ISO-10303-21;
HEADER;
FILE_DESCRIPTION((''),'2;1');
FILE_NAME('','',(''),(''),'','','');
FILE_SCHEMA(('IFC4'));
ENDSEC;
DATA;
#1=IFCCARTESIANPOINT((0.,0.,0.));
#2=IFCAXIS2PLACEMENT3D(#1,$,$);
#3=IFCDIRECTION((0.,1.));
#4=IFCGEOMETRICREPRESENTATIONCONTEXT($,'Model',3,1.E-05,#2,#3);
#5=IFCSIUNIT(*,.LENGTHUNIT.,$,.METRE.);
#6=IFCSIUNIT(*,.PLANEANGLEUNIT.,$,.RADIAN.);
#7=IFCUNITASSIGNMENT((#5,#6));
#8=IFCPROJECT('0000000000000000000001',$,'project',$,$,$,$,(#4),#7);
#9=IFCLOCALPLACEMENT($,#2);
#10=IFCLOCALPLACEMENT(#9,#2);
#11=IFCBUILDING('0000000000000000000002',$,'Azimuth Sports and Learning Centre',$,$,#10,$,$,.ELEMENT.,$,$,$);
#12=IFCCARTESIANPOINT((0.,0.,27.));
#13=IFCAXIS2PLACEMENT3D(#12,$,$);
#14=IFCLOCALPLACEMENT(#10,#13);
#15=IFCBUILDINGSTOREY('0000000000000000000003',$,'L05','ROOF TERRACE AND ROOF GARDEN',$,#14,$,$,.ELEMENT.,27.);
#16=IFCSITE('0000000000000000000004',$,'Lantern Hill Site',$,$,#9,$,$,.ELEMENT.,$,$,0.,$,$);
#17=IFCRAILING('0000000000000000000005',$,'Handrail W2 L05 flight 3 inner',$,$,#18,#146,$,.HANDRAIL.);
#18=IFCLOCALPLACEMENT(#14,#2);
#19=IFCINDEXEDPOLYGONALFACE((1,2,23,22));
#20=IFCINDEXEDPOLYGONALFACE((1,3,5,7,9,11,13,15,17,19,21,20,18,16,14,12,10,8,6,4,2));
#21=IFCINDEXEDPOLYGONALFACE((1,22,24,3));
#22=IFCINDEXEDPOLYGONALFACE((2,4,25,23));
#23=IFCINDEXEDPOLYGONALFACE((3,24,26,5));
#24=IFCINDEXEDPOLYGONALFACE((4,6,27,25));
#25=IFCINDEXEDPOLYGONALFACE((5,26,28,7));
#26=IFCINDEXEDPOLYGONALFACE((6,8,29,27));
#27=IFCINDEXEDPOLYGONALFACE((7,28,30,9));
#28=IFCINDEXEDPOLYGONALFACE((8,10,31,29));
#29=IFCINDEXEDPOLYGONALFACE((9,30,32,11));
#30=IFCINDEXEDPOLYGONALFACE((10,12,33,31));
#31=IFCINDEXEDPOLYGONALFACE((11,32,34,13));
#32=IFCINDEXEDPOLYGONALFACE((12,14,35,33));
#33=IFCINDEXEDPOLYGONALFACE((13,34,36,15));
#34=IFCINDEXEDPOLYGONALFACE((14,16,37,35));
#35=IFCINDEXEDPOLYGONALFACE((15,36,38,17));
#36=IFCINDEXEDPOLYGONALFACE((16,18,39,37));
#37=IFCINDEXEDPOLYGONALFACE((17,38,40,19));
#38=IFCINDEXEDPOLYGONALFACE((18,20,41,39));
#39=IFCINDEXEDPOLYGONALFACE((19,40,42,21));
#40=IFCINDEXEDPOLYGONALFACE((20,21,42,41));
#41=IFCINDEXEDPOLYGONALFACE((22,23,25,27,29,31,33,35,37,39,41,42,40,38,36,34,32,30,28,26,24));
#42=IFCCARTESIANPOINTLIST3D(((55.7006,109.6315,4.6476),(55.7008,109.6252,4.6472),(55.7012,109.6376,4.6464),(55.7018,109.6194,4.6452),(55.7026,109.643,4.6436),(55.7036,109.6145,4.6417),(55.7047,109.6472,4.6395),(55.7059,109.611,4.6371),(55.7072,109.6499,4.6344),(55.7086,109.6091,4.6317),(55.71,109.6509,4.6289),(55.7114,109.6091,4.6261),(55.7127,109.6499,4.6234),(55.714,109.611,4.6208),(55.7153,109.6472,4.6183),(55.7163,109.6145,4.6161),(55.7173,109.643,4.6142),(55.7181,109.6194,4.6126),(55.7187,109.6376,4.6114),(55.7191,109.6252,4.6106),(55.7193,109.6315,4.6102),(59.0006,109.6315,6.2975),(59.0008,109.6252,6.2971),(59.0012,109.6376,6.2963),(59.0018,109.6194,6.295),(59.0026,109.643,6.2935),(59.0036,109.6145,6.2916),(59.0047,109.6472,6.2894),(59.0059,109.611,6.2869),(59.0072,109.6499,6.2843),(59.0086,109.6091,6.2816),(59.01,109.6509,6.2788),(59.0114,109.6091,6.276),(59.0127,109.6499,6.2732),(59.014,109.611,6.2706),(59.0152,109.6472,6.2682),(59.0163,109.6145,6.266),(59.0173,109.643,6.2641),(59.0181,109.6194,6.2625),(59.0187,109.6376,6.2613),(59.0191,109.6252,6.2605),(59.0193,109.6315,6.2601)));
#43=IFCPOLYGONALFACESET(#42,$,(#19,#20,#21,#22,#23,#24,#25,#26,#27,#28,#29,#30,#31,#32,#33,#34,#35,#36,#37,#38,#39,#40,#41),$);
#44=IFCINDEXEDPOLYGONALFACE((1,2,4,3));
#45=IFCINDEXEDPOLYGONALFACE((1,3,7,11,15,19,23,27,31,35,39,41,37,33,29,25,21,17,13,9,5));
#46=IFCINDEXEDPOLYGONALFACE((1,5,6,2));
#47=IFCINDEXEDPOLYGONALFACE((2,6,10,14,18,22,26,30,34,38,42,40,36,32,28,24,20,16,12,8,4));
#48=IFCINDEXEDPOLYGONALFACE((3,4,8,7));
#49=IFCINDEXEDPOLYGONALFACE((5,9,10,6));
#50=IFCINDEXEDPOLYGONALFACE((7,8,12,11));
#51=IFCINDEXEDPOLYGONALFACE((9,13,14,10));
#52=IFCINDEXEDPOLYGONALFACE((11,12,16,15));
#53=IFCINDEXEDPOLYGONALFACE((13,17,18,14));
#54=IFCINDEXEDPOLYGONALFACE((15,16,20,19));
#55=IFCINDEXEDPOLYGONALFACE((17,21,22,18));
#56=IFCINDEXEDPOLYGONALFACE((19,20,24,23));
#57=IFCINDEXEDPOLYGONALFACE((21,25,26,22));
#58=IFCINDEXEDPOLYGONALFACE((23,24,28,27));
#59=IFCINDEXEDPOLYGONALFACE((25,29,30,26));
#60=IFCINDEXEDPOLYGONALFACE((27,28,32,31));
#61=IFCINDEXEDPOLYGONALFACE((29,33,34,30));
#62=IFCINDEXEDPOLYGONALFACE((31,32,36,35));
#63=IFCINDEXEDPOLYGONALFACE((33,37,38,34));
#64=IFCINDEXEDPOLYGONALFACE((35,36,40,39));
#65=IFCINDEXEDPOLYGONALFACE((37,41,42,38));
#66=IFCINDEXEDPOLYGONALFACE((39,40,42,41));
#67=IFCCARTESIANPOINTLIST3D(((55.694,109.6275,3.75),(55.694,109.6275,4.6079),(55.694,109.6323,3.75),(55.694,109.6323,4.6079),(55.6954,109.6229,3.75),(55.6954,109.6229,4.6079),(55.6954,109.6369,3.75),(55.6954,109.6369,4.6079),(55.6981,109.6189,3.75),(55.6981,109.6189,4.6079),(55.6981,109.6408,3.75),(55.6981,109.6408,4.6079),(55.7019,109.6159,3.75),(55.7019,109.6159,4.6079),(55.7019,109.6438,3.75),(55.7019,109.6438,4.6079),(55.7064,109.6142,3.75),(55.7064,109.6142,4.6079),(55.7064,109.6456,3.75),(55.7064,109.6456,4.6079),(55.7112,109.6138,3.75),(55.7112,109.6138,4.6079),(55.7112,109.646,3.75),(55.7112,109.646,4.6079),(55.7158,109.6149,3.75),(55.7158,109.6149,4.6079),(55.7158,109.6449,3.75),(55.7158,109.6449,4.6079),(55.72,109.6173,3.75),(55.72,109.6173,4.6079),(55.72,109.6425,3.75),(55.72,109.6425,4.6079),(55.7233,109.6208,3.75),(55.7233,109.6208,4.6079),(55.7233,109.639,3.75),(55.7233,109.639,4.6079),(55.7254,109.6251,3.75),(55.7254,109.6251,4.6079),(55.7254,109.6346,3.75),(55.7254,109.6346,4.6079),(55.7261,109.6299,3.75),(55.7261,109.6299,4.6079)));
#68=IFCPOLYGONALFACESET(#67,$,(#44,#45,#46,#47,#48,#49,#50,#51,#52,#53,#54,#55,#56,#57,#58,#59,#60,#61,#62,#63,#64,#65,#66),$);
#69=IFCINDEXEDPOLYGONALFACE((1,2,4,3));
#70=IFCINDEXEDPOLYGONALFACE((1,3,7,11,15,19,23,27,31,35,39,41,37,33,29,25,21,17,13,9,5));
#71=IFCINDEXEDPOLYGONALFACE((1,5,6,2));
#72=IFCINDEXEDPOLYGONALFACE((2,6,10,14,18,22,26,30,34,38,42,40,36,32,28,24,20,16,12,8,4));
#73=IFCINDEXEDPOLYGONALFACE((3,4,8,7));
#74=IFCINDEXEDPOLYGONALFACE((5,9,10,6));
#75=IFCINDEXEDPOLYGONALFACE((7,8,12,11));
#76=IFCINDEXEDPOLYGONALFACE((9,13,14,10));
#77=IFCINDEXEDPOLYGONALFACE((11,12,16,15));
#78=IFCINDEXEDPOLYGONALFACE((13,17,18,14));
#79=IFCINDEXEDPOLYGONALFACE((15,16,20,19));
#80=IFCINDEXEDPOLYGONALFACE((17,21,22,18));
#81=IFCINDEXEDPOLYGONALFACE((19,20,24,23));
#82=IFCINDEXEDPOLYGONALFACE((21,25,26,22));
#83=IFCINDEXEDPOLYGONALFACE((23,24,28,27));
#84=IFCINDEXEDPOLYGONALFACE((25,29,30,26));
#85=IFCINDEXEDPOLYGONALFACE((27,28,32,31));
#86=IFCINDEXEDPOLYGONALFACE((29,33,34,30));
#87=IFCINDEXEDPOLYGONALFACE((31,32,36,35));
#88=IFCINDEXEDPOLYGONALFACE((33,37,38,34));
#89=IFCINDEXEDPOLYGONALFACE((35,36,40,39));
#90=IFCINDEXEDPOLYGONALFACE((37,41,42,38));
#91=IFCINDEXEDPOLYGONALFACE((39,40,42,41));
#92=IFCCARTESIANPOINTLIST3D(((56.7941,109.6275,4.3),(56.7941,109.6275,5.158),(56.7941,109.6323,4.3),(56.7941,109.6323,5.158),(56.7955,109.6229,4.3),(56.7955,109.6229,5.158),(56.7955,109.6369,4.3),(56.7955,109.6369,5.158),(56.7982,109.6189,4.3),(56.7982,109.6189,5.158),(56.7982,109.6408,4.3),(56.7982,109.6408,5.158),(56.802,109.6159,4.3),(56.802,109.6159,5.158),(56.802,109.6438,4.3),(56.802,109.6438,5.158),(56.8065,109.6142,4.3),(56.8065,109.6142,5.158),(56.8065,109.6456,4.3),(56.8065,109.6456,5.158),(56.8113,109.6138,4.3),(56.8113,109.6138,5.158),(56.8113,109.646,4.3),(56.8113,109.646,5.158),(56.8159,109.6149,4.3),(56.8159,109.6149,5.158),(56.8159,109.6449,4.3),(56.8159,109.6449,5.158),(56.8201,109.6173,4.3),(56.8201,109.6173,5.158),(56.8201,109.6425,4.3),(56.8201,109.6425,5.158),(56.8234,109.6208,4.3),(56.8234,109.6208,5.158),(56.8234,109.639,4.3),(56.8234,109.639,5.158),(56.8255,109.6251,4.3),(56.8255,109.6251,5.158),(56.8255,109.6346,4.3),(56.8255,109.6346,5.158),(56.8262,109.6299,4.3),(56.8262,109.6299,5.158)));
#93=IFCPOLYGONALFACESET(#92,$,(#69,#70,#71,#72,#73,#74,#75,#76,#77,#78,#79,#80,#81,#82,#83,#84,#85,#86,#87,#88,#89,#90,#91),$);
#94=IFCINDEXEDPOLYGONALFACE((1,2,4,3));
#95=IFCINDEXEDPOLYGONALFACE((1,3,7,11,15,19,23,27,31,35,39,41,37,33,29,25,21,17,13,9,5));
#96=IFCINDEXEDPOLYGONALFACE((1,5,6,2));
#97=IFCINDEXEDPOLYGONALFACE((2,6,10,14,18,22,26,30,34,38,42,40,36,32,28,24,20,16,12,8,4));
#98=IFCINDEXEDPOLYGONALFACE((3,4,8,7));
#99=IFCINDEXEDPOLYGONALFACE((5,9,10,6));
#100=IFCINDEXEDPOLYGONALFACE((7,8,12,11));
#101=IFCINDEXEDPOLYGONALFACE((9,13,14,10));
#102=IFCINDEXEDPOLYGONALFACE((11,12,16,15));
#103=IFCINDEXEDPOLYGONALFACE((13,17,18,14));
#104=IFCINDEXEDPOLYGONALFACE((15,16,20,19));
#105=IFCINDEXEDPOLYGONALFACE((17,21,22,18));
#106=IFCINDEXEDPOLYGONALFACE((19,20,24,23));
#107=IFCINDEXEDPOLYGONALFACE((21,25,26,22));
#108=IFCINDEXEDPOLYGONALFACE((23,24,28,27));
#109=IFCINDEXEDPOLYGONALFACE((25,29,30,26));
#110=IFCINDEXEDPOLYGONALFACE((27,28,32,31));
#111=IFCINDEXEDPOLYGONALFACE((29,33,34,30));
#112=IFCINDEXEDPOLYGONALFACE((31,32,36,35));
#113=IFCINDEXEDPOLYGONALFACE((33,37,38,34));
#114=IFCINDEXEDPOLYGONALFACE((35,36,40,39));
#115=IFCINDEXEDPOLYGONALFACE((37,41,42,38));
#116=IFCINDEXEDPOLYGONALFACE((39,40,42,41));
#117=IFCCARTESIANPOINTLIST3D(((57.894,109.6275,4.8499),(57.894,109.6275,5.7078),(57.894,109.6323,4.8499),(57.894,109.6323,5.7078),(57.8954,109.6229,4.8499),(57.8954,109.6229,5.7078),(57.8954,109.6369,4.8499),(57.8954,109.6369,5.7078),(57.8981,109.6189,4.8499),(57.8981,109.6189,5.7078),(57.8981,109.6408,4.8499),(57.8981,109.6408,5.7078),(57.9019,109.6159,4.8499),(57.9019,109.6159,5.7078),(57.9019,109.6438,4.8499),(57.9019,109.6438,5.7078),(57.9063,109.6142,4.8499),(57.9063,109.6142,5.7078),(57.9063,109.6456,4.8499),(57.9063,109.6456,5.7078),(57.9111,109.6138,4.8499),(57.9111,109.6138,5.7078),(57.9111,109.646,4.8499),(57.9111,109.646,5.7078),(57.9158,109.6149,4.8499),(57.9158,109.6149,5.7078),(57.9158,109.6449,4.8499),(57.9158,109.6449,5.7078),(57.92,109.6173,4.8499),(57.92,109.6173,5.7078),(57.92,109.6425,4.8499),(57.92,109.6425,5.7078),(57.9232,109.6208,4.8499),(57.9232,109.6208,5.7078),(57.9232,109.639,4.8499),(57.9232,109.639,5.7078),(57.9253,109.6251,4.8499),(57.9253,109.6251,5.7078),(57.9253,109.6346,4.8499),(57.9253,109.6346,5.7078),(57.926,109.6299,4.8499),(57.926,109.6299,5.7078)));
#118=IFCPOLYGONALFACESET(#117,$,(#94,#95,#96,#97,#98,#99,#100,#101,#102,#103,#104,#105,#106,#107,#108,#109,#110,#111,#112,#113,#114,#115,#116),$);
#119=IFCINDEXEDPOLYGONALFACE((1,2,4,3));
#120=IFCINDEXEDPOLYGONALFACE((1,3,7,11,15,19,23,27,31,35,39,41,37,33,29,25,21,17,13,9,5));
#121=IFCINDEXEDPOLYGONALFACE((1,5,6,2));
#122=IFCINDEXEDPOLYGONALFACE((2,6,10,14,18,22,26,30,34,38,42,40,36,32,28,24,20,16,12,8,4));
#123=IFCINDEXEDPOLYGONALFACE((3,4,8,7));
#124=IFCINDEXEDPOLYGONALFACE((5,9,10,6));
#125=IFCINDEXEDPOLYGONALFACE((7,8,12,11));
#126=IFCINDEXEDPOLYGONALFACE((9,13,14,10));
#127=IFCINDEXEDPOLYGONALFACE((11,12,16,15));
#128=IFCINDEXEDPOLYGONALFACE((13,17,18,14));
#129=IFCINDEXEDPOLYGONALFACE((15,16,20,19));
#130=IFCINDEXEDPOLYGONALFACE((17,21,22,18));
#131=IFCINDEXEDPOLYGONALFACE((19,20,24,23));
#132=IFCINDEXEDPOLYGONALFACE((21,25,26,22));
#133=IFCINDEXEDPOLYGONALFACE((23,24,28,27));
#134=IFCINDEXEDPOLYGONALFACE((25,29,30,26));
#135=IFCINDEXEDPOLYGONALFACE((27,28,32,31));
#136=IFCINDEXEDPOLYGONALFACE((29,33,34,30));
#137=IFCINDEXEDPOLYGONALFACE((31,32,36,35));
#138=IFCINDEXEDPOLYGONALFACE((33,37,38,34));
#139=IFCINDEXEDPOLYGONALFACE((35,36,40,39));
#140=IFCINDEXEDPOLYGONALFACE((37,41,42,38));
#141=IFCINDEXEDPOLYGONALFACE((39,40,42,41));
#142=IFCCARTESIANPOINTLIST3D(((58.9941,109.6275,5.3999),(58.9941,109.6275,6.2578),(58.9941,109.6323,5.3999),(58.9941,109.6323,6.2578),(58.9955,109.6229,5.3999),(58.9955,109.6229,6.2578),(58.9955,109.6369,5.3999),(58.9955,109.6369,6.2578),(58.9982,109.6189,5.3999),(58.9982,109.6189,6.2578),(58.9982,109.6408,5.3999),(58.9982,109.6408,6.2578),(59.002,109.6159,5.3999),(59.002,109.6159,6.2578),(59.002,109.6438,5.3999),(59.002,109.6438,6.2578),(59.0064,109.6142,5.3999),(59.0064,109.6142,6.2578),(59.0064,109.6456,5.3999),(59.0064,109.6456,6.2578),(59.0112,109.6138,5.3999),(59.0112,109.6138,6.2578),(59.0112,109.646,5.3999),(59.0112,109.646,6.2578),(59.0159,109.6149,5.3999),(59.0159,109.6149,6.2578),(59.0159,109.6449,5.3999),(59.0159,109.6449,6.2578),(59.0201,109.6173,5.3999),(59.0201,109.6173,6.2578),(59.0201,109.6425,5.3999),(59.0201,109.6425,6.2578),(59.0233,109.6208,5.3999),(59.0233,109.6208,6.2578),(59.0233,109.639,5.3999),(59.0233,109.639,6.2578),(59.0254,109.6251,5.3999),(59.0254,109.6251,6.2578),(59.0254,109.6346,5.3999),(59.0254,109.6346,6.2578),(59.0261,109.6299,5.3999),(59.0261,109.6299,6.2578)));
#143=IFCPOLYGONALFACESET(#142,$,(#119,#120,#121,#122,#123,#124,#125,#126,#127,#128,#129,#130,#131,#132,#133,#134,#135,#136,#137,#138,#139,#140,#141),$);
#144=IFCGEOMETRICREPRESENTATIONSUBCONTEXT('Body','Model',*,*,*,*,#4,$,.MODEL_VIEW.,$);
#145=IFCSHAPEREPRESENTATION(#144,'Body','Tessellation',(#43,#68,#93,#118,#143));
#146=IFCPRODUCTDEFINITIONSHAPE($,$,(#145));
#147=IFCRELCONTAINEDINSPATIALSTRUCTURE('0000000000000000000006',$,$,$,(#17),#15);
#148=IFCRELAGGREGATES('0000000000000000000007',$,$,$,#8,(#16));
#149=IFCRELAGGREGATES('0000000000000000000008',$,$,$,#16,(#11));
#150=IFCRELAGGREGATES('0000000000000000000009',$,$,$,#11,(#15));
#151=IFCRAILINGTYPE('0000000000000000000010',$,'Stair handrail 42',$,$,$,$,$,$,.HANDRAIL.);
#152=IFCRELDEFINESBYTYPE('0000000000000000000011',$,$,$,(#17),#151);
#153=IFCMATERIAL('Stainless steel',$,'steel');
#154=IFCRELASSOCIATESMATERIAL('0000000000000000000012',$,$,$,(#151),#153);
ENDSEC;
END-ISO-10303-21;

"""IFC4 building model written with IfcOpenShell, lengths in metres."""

from ifc_helpers import new_model, si_unit, direction, frame, origin, origin_2d, place, context, subcontext, project, spatial, circle, extrude, material, type_object, element, save


model = new_model("IFC4")

# Units and contexts
model_context = context("Model", 3, precision=1e-05, world=origin(), true_north=direction((0.0, 1.0)))
body_context = subcontext(model_context, "Body", "Model", "MODEL_VIEW")
ifc_project = project(units=[si_unit("LENGTHUNIT", "METRE"), si_unit("PLANEANGLEUNIT", "RADIAN")], contexts=[model_context])

# Site, building, storey
site_placement = place(None, origin())
site = spatial("IfcSite", under=ifc_project, at=site_placement, Name="Lantern Hill Site", CompositionType="ELEMENT", RefElevation=0.0)
building_placement = place(site_placement, origin())
building = spatial("IfcBuilding", under=site, at=building_placement, Name="Azimuth Sports and Learning Centre", CompositionType="ELEMENT")
storey_placement = place(building_placement, frame((0.0, 0.0, 27.0)))
storey = spatial("IfcBuildingStorey", under=building, at=storey_placement, Name="L05", Description="ROOF TERRACE AND ROOF GARDEN", CompositionType="ELEMENT", Elevation=27.0)

# Railing
ifc_material_1 = material(Name="Stainless steel", Category="steel")
railing_type_1 = type_object("IfcRailingType", Name="Stair handrail 42", PredefinedType="HANDRAIL", material=ifc_material_1)
for number, where, name in (
    (1, (55.71, 109.6299, 3.75), "Handrail W2 L05 flight 3 inner"),
):
    element("IfcRailing", number, at=place(storey_placement, frame(where)), inside=storey, type_object=railing_type_1, Name=name, PredefinedType="HANDRAIL", context=body_context, shape_type="SweptSolid", body=[
        extrude(circle(Radius=0.021, at=origin_2d()), frame((0.0, 0.0, 0.8789), z_axis=(0.89444, 0.0, 0.447187), x_axis=(0.0, 1.0, 0.0)), (0.0, 0.0, 1.0), 3.6895),
        extrude(circle(Radius=0.0161, at=origin_2d()), origin(), (0.0, 0.0, 1.0), 0.8579),
        extrude(circle(Radius=0.0161, at=origin_2d()), frame((1.1001, 0.0, 0.55)), (0.0, 0.0, 1.0), 0.8579),
        extrude(circle(Radius=0.0161, at=origin_2d()), frame((2.2, 0.0, 1.0999)), (0.0, 0.0, 1.0), 0.8579),
        extrude(circle(Radius=0.0161, at=origin_2d()), frame((3.3, 0.0, 1.6499)), (0.0, 0.0, 1.0), 0.8579),
    ])

save(model, "model.ifc")
